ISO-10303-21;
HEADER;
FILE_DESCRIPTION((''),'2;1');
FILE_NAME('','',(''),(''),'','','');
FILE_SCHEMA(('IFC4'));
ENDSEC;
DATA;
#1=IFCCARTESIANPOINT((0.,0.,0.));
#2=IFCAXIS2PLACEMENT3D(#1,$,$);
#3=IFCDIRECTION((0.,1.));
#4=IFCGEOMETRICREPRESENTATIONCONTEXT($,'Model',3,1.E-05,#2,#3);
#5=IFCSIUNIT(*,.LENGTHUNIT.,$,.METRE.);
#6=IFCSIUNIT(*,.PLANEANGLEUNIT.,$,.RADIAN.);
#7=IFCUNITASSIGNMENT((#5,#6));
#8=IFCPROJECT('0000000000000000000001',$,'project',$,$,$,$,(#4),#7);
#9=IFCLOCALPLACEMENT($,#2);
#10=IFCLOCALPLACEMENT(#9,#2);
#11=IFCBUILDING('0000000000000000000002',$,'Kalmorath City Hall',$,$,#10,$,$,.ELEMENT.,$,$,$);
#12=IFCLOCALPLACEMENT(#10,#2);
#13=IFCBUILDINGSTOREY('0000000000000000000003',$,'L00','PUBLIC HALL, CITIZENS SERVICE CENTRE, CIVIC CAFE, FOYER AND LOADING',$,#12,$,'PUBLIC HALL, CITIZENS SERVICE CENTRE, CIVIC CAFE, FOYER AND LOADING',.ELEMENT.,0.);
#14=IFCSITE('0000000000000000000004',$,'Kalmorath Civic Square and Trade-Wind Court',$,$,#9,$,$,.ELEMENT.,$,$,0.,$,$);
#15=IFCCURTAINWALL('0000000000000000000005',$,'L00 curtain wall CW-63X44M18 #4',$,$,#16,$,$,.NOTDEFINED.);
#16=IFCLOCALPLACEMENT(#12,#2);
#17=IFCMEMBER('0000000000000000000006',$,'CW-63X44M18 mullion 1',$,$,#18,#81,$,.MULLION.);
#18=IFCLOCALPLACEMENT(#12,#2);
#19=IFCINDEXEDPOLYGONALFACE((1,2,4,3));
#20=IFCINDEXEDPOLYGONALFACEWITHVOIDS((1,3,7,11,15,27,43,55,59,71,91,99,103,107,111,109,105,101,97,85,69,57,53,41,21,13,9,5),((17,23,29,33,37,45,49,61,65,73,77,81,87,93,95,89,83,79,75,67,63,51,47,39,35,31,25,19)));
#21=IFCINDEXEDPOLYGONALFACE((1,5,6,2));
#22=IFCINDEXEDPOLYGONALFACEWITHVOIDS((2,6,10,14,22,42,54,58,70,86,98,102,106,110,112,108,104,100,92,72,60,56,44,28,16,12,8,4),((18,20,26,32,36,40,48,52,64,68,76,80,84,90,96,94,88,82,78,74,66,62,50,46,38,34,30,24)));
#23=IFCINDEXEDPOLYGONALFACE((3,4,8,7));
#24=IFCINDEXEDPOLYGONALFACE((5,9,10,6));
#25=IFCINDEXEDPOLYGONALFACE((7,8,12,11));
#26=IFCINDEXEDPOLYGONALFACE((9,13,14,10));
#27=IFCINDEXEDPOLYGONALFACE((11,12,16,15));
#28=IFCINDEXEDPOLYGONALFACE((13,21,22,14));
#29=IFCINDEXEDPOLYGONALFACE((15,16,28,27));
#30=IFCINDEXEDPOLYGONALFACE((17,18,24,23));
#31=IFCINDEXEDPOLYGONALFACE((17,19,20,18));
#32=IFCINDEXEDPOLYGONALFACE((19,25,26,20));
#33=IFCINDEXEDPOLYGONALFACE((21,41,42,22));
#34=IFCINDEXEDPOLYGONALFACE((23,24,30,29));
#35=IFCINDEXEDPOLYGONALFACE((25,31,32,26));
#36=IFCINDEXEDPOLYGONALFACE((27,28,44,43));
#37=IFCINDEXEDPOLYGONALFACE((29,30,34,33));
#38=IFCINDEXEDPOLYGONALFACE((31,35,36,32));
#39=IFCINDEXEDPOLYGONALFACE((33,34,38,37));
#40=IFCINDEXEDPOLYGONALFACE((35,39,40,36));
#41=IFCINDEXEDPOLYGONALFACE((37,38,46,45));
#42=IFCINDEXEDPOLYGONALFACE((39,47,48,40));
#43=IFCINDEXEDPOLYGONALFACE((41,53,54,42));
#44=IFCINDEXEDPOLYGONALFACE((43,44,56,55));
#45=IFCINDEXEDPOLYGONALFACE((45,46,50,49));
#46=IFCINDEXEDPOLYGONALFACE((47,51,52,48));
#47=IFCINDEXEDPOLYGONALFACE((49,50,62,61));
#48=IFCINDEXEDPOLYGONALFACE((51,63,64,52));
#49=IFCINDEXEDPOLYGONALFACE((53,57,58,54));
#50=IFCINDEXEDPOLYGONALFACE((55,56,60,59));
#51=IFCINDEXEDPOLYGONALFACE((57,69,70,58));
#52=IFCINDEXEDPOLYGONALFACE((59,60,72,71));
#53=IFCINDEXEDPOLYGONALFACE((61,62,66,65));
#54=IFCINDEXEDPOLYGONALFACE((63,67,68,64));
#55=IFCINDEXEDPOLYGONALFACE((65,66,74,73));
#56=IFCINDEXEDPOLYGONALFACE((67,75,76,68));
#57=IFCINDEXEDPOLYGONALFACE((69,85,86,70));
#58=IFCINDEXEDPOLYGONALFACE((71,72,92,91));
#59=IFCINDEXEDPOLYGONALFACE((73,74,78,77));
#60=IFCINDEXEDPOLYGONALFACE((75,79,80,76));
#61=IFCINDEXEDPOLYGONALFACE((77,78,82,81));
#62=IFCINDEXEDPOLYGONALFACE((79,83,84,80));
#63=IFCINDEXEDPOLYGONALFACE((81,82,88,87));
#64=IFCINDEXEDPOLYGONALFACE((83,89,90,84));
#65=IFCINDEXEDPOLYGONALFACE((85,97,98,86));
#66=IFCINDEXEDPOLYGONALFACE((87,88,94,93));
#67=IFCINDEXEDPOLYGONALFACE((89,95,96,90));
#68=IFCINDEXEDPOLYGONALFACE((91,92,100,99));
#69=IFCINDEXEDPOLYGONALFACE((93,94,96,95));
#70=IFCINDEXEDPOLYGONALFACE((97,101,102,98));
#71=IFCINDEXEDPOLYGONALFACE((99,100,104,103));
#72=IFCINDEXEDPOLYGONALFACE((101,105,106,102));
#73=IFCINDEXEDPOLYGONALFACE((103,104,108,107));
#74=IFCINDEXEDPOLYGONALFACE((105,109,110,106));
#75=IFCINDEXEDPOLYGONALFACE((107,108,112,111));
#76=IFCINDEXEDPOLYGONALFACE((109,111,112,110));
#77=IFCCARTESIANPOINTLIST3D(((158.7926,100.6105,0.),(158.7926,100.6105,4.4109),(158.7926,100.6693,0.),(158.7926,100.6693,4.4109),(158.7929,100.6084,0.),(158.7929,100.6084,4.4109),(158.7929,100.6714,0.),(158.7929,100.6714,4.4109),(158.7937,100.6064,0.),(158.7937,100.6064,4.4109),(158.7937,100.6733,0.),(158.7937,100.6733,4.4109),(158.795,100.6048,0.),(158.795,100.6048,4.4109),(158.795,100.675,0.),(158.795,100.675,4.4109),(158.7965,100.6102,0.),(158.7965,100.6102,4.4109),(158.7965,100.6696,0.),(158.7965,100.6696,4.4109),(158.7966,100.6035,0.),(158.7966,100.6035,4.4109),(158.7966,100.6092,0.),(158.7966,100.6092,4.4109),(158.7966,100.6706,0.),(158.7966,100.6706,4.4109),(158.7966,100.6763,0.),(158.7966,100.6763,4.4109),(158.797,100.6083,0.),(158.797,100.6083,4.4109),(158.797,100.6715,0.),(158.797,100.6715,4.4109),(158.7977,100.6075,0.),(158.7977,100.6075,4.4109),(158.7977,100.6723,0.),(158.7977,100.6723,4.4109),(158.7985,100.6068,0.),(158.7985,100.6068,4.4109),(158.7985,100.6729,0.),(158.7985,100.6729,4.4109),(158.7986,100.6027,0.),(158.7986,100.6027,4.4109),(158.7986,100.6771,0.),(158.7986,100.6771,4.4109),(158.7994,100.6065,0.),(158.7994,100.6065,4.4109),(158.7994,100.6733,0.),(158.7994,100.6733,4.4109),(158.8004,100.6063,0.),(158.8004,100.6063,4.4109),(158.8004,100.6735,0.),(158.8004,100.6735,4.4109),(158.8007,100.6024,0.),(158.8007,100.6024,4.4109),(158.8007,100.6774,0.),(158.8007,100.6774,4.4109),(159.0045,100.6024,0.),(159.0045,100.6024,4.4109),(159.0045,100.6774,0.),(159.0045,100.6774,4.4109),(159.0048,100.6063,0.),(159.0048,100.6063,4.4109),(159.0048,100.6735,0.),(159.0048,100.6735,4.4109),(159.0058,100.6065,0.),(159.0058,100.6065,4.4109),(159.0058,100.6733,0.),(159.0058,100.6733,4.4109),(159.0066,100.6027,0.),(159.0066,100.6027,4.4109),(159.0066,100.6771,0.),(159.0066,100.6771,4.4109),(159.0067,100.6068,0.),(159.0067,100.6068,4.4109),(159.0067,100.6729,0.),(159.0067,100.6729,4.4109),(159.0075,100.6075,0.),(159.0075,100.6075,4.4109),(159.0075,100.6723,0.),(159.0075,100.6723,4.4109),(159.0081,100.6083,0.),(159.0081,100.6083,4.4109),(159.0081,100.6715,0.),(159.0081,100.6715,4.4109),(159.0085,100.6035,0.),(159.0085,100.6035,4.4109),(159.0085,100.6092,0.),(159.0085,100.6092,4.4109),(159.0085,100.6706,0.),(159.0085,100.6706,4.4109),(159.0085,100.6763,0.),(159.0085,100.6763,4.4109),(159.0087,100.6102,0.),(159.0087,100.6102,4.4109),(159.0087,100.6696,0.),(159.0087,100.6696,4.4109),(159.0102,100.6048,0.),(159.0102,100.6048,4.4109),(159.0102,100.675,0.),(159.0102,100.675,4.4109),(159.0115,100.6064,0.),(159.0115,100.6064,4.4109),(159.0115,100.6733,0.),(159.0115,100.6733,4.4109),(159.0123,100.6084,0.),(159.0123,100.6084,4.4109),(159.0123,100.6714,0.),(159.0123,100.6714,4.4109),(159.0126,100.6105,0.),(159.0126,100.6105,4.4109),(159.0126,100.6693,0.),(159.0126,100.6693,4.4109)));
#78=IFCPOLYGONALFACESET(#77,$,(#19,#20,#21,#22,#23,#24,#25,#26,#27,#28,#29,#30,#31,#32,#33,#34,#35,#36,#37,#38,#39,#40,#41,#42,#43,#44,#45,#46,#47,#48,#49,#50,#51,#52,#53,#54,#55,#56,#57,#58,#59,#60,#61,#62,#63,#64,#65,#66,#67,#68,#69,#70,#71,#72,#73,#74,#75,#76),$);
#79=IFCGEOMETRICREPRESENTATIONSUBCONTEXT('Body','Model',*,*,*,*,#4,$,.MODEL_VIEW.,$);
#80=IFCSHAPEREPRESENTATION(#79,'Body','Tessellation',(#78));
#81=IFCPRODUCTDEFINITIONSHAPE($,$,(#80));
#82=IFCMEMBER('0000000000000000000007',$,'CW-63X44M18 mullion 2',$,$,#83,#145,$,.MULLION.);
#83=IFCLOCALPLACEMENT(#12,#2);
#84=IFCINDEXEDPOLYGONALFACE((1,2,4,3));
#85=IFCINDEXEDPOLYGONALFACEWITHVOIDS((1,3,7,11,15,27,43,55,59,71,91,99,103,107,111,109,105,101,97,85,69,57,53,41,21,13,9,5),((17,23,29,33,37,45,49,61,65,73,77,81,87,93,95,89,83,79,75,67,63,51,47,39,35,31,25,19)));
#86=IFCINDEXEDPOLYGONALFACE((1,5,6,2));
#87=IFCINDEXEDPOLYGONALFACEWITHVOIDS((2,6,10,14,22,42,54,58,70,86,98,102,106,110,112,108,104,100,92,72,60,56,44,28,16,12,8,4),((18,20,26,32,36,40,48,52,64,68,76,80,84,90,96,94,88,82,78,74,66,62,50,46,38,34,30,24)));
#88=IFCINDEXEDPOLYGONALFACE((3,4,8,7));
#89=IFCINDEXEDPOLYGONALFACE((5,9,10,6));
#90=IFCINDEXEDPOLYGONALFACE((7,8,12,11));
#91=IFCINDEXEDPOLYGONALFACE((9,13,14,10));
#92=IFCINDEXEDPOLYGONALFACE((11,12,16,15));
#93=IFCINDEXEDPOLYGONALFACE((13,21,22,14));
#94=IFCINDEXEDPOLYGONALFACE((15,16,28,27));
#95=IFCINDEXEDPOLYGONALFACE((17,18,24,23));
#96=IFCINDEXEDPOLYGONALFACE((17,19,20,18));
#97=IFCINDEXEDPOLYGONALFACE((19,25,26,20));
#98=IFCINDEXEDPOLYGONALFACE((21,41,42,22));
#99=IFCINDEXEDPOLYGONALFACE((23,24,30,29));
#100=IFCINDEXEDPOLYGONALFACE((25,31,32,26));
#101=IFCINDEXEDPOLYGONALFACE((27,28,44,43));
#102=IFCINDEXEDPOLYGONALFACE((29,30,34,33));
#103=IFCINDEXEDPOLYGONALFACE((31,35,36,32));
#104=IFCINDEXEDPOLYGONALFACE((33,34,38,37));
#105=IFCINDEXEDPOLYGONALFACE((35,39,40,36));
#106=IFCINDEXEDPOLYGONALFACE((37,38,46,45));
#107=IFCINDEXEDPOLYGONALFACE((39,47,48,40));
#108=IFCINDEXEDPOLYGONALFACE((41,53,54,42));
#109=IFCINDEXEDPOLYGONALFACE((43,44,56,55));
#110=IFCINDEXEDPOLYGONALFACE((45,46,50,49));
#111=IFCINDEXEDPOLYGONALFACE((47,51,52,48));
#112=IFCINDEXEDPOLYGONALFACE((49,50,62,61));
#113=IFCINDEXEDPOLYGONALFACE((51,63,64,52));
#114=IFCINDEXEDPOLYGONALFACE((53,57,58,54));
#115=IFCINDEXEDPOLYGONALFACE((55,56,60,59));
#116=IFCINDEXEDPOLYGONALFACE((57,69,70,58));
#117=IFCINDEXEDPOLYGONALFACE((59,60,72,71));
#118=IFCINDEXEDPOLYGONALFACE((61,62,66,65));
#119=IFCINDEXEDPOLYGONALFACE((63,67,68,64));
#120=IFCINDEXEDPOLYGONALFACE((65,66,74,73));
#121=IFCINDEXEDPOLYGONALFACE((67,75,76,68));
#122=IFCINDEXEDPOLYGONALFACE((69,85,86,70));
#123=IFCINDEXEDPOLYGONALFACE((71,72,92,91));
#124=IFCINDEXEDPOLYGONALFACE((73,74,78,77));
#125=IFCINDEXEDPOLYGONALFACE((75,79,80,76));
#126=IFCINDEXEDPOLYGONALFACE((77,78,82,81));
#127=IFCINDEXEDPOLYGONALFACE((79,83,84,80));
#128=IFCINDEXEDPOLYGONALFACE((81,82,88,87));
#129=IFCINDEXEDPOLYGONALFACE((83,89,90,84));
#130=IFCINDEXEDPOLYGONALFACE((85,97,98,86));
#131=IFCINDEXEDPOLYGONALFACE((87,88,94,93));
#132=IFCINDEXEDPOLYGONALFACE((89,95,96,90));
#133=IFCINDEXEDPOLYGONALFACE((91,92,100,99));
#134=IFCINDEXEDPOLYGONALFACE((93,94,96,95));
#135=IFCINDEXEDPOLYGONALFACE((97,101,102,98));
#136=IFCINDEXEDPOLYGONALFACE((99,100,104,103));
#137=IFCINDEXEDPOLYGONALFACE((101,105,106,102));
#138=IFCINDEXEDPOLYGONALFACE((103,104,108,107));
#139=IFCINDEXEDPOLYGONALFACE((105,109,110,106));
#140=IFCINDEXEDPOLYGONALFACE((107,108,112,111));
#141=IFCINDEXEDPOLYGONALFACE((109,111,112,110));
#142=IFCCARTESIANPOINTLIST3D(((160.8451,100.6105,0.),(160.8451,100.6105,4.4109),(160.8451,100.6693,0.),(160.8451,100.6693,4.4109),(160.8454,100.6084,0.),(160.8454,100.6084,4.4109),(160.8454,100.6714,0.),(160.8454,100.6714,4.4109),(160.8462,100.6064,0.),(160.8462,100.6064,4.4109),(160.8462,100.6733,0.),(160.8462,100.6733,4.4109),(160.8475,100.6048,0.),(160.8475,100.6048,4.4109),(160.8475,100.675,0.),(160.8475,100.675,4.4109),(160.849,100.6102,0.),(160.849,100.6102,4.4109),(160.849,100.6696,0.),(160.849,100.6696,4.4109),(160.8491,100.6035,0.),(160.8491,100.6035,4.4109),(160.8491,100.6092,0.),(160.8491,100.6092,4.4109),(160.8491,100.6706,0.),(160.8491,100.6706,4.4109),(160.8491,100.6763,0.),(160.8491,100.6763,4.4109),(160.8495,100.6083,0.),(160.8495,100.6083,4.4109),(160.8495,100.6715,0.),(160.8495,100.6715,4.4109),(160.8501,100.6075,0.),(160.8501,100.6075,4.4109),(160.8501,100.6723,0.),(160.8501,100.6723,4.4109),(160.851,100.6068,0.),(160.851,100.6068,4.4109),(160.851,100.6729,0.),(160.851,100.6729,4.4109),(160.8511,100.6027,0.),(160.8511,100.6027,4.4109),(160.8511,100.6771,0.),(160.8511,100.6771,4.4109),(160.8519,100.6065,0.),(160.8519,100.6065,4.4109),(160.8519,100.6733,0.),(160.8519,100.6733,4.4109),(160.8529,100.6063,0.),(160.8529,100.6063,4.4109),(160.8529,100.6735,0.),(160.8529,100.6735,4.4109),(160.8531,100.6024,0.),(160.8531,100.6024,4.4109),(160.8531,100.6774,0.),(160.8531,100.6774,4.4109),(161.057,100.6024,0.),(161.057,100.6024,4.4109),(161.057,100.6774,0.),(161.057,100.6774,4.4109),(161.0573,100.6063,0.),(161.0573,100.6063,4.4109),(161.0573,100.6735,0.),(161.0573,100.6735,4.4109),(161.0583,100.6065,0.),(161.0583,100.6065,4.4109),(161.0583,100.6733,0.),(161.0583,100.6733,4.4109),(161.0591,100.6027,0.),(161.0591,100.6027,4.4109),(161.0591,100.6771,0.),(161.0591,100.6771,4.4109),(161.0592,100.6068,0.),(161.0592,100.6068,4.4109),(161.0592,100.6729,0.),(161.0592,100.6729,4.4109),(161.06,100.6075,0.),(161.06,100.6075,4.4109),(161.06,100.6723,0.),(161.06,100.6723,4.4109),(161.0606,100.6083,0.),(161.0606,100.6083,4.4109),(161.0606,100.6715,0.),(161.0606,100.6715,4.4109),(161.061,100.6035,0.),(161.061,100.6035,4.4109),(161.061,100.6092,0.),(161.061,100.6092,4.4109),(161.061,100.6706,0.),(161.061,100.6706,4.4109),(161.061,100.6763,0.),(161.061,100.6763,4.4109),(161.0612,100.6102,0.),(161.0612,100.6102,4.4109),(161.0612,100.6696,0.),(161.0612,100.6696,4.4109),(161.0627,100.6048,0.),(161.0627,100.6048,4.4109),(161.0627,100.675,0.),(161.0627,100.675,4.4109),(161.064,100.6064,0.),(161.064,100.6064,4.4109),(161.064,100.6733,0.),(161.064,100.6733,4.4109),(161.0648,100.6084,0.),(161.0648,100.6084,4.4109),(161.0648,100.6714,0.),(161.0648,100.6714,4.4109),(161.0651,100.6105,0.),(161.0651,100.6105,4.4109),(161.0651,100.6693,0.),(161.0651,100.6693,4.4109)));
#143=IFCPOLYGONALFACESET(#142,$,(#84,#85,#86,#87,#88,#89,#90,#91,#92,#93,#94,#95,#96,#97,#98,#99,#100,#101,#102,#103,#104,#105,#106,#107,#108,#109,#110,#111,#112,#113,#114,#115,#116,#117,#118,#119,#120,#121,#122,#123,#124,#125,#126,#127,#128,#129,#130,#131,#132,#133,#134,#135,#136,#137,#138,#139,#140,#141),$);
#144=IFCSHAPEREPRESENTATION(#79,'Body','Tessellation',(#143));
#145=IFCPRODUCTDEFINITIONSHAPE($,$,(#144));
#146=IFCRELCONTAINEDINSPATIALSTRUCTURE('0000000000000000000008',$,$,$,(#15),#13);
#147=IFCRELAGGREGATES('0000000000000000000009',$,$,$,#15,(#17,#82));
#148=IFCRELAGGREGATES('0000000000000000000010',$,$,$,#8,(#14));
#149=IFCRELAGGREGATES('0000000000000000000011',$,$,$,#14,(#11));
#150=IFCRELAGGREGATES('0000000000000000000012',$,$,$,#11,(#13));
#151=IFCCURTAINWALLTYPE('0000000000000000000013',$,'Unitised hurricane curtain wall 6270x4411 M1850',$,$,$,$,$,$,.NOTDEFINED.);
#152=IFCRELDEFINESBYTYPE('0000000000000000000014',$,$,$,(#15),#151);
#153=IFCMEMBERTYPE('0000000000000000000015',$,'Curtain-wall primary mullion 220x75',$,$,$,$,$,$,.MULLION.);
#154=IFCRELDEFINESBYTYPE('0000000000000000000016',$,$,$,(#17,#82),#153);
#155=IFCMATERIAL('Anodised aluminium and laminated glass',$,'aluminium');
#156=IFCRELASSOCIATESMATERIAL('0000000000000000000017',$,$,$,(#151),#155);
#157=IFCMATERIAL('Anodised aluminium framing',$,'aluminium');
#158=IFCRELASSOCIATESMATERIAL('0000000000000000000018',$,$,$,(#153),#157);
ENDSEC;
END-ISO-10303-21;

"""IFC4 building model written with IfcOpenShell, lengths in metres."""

from ifc_helpers import new_model, si_unit, direction, frame, origin, origin_2d, place, context, subcontext, project, spatial, hollow_rectangle, extrude, material, material_profile, profile_set, type_object, element, aggregate, save


model = new_model("IFC4")

# Units and contexts
model_context = context("Model", 3, precision=1e-05, world=origin(), true_north=direction((0.0, 1.0)))
body_context = subcontext(model_context, "Body", "Model", "MODEL_VIEW")
ifc_project = project(units=[si_unit("LENGTHUNIT", "METRE"), si_unit("PLANEANGLEUNIT", "RADIAN")], contexts=[model_context])

# Site, building, storey
site_placement = place(None, origin())
site = spatial("IfcSite", under=ifc_project, at=site_placement, Name="Kalmorath Civic Square and Trade-Wind Court", CompositionType="ELEMENT", RefElevation=0.0)
building_placement = place(site_placement, origin())
building = spatial("IfcBuilding", under=site, at=building_placement, Name="Kalmorath City Hall", CompositionType="ELEMENT")
storey_placement = place(building_placement, origin())
storey = spatial("IfcBuildingStorey", under=building, at=storey_placement, Name="L00", Description="PUBLIC HALL, CITIZENS SERVICE CENTRE, CIVIC CAFE, FOYER AND LOADING", LongName="PUBLIC HALL, CITIZENS SERVICE CENTRE, CIVIC CAFE, FOYER AND LOADING", CompositionType="ELEMENT", Elevation=0.0)

# Curtain wall, members
ifc_material_1 = material(Name="Anodised aluminium and laminated glass", Category="aluminium")
curtain_wall_type = type_object("IfcCurtainWallType", Name="Unitised hurricane curtain wall 6270x4411 M1850", PredefinedType="NOTDEFINED", material=ifc_material_1)
curtain_wall_placement = place(storey_placement, origin())
curtain_wall = element("IfcCurtainWall", 1, at=curtain_wall_placement, inside=storey, type_object=curtain_wall_type, Name="L00 curtain wall CW-63X44M18 #4", PredefinedType="NOTDEFINED")
ifc_material_2 = material(Name="Anodised aluminium framing", Category="aluminium")
ifc_material_profile_1 = material_profile(ifc_material_2, hollow_rectangle(XDim=0.075, YDim=0.22, WallThickness=0.0039, InnerFilletRadius=0.0039, OuterFilletRadius=0.0081, at=origin_2d()), Name="ALU-MUL-220X75X4")
ifc_profile_set_1 = profile_set([ifc_material_profile_1], Name="Anodised aluminium framing")
member_type_1 = type_object("IfcMemberType", Name="Curtain-wall primary mullion 220x75", PredefinedType="MULLION", material=ifc_profile_set_1)
member_1_placement = place(storey_placement, frame((158.9026, 100.6399, 0.0), z_axis=(0.0, 0.0, 1.0), x_axis=(0.0, 1.0, 0.0)))
member_1 = element("IfcMember", 2, at=member_1_placement, type_object=member_type_1, Name="CW-63X44M18 mullion 1", PredefinedType="MULLION", context=body_context, shape_type="SweptSolid", body=[
    extrude(hollow_rectangle(XDim=0.075, YDim=0.22, WallThickness=0.0039, InnerFilletRadius=0.0039, OuterFilletRadius=0.0081, at=origin_2d()), origin(), (0.0, 0.0, 1.0), 4.4109),
])
member_2_placement = place(storey_placement, frame((160.9551, 100.6399, 0.0), z_axis=(0.0, 0.0, 1.0), x_axis=(0.0, 1.0, 0.0)))
member_2 = element("IfcMember", 3, at=member_2_placement, type_object=member_type_1, Name="CW-63X44M18 mullion 2", PredefinedType="MULLION", context=body_context, shape_type="SweptSolid", body=[
    extrude(hollow_rectangle(XDim=0.075, YDim=0.22, WallThickness=0.0039, InnerFilletRadius=0.0039, OuterFilletRadius=0.0081, at=origin_2d()), origin(), (0.0, 0.0, 1.0), 4.4109),
])

aggregate(curtain_wall, [member_1, member_2])

save(model, "model.ifc")
